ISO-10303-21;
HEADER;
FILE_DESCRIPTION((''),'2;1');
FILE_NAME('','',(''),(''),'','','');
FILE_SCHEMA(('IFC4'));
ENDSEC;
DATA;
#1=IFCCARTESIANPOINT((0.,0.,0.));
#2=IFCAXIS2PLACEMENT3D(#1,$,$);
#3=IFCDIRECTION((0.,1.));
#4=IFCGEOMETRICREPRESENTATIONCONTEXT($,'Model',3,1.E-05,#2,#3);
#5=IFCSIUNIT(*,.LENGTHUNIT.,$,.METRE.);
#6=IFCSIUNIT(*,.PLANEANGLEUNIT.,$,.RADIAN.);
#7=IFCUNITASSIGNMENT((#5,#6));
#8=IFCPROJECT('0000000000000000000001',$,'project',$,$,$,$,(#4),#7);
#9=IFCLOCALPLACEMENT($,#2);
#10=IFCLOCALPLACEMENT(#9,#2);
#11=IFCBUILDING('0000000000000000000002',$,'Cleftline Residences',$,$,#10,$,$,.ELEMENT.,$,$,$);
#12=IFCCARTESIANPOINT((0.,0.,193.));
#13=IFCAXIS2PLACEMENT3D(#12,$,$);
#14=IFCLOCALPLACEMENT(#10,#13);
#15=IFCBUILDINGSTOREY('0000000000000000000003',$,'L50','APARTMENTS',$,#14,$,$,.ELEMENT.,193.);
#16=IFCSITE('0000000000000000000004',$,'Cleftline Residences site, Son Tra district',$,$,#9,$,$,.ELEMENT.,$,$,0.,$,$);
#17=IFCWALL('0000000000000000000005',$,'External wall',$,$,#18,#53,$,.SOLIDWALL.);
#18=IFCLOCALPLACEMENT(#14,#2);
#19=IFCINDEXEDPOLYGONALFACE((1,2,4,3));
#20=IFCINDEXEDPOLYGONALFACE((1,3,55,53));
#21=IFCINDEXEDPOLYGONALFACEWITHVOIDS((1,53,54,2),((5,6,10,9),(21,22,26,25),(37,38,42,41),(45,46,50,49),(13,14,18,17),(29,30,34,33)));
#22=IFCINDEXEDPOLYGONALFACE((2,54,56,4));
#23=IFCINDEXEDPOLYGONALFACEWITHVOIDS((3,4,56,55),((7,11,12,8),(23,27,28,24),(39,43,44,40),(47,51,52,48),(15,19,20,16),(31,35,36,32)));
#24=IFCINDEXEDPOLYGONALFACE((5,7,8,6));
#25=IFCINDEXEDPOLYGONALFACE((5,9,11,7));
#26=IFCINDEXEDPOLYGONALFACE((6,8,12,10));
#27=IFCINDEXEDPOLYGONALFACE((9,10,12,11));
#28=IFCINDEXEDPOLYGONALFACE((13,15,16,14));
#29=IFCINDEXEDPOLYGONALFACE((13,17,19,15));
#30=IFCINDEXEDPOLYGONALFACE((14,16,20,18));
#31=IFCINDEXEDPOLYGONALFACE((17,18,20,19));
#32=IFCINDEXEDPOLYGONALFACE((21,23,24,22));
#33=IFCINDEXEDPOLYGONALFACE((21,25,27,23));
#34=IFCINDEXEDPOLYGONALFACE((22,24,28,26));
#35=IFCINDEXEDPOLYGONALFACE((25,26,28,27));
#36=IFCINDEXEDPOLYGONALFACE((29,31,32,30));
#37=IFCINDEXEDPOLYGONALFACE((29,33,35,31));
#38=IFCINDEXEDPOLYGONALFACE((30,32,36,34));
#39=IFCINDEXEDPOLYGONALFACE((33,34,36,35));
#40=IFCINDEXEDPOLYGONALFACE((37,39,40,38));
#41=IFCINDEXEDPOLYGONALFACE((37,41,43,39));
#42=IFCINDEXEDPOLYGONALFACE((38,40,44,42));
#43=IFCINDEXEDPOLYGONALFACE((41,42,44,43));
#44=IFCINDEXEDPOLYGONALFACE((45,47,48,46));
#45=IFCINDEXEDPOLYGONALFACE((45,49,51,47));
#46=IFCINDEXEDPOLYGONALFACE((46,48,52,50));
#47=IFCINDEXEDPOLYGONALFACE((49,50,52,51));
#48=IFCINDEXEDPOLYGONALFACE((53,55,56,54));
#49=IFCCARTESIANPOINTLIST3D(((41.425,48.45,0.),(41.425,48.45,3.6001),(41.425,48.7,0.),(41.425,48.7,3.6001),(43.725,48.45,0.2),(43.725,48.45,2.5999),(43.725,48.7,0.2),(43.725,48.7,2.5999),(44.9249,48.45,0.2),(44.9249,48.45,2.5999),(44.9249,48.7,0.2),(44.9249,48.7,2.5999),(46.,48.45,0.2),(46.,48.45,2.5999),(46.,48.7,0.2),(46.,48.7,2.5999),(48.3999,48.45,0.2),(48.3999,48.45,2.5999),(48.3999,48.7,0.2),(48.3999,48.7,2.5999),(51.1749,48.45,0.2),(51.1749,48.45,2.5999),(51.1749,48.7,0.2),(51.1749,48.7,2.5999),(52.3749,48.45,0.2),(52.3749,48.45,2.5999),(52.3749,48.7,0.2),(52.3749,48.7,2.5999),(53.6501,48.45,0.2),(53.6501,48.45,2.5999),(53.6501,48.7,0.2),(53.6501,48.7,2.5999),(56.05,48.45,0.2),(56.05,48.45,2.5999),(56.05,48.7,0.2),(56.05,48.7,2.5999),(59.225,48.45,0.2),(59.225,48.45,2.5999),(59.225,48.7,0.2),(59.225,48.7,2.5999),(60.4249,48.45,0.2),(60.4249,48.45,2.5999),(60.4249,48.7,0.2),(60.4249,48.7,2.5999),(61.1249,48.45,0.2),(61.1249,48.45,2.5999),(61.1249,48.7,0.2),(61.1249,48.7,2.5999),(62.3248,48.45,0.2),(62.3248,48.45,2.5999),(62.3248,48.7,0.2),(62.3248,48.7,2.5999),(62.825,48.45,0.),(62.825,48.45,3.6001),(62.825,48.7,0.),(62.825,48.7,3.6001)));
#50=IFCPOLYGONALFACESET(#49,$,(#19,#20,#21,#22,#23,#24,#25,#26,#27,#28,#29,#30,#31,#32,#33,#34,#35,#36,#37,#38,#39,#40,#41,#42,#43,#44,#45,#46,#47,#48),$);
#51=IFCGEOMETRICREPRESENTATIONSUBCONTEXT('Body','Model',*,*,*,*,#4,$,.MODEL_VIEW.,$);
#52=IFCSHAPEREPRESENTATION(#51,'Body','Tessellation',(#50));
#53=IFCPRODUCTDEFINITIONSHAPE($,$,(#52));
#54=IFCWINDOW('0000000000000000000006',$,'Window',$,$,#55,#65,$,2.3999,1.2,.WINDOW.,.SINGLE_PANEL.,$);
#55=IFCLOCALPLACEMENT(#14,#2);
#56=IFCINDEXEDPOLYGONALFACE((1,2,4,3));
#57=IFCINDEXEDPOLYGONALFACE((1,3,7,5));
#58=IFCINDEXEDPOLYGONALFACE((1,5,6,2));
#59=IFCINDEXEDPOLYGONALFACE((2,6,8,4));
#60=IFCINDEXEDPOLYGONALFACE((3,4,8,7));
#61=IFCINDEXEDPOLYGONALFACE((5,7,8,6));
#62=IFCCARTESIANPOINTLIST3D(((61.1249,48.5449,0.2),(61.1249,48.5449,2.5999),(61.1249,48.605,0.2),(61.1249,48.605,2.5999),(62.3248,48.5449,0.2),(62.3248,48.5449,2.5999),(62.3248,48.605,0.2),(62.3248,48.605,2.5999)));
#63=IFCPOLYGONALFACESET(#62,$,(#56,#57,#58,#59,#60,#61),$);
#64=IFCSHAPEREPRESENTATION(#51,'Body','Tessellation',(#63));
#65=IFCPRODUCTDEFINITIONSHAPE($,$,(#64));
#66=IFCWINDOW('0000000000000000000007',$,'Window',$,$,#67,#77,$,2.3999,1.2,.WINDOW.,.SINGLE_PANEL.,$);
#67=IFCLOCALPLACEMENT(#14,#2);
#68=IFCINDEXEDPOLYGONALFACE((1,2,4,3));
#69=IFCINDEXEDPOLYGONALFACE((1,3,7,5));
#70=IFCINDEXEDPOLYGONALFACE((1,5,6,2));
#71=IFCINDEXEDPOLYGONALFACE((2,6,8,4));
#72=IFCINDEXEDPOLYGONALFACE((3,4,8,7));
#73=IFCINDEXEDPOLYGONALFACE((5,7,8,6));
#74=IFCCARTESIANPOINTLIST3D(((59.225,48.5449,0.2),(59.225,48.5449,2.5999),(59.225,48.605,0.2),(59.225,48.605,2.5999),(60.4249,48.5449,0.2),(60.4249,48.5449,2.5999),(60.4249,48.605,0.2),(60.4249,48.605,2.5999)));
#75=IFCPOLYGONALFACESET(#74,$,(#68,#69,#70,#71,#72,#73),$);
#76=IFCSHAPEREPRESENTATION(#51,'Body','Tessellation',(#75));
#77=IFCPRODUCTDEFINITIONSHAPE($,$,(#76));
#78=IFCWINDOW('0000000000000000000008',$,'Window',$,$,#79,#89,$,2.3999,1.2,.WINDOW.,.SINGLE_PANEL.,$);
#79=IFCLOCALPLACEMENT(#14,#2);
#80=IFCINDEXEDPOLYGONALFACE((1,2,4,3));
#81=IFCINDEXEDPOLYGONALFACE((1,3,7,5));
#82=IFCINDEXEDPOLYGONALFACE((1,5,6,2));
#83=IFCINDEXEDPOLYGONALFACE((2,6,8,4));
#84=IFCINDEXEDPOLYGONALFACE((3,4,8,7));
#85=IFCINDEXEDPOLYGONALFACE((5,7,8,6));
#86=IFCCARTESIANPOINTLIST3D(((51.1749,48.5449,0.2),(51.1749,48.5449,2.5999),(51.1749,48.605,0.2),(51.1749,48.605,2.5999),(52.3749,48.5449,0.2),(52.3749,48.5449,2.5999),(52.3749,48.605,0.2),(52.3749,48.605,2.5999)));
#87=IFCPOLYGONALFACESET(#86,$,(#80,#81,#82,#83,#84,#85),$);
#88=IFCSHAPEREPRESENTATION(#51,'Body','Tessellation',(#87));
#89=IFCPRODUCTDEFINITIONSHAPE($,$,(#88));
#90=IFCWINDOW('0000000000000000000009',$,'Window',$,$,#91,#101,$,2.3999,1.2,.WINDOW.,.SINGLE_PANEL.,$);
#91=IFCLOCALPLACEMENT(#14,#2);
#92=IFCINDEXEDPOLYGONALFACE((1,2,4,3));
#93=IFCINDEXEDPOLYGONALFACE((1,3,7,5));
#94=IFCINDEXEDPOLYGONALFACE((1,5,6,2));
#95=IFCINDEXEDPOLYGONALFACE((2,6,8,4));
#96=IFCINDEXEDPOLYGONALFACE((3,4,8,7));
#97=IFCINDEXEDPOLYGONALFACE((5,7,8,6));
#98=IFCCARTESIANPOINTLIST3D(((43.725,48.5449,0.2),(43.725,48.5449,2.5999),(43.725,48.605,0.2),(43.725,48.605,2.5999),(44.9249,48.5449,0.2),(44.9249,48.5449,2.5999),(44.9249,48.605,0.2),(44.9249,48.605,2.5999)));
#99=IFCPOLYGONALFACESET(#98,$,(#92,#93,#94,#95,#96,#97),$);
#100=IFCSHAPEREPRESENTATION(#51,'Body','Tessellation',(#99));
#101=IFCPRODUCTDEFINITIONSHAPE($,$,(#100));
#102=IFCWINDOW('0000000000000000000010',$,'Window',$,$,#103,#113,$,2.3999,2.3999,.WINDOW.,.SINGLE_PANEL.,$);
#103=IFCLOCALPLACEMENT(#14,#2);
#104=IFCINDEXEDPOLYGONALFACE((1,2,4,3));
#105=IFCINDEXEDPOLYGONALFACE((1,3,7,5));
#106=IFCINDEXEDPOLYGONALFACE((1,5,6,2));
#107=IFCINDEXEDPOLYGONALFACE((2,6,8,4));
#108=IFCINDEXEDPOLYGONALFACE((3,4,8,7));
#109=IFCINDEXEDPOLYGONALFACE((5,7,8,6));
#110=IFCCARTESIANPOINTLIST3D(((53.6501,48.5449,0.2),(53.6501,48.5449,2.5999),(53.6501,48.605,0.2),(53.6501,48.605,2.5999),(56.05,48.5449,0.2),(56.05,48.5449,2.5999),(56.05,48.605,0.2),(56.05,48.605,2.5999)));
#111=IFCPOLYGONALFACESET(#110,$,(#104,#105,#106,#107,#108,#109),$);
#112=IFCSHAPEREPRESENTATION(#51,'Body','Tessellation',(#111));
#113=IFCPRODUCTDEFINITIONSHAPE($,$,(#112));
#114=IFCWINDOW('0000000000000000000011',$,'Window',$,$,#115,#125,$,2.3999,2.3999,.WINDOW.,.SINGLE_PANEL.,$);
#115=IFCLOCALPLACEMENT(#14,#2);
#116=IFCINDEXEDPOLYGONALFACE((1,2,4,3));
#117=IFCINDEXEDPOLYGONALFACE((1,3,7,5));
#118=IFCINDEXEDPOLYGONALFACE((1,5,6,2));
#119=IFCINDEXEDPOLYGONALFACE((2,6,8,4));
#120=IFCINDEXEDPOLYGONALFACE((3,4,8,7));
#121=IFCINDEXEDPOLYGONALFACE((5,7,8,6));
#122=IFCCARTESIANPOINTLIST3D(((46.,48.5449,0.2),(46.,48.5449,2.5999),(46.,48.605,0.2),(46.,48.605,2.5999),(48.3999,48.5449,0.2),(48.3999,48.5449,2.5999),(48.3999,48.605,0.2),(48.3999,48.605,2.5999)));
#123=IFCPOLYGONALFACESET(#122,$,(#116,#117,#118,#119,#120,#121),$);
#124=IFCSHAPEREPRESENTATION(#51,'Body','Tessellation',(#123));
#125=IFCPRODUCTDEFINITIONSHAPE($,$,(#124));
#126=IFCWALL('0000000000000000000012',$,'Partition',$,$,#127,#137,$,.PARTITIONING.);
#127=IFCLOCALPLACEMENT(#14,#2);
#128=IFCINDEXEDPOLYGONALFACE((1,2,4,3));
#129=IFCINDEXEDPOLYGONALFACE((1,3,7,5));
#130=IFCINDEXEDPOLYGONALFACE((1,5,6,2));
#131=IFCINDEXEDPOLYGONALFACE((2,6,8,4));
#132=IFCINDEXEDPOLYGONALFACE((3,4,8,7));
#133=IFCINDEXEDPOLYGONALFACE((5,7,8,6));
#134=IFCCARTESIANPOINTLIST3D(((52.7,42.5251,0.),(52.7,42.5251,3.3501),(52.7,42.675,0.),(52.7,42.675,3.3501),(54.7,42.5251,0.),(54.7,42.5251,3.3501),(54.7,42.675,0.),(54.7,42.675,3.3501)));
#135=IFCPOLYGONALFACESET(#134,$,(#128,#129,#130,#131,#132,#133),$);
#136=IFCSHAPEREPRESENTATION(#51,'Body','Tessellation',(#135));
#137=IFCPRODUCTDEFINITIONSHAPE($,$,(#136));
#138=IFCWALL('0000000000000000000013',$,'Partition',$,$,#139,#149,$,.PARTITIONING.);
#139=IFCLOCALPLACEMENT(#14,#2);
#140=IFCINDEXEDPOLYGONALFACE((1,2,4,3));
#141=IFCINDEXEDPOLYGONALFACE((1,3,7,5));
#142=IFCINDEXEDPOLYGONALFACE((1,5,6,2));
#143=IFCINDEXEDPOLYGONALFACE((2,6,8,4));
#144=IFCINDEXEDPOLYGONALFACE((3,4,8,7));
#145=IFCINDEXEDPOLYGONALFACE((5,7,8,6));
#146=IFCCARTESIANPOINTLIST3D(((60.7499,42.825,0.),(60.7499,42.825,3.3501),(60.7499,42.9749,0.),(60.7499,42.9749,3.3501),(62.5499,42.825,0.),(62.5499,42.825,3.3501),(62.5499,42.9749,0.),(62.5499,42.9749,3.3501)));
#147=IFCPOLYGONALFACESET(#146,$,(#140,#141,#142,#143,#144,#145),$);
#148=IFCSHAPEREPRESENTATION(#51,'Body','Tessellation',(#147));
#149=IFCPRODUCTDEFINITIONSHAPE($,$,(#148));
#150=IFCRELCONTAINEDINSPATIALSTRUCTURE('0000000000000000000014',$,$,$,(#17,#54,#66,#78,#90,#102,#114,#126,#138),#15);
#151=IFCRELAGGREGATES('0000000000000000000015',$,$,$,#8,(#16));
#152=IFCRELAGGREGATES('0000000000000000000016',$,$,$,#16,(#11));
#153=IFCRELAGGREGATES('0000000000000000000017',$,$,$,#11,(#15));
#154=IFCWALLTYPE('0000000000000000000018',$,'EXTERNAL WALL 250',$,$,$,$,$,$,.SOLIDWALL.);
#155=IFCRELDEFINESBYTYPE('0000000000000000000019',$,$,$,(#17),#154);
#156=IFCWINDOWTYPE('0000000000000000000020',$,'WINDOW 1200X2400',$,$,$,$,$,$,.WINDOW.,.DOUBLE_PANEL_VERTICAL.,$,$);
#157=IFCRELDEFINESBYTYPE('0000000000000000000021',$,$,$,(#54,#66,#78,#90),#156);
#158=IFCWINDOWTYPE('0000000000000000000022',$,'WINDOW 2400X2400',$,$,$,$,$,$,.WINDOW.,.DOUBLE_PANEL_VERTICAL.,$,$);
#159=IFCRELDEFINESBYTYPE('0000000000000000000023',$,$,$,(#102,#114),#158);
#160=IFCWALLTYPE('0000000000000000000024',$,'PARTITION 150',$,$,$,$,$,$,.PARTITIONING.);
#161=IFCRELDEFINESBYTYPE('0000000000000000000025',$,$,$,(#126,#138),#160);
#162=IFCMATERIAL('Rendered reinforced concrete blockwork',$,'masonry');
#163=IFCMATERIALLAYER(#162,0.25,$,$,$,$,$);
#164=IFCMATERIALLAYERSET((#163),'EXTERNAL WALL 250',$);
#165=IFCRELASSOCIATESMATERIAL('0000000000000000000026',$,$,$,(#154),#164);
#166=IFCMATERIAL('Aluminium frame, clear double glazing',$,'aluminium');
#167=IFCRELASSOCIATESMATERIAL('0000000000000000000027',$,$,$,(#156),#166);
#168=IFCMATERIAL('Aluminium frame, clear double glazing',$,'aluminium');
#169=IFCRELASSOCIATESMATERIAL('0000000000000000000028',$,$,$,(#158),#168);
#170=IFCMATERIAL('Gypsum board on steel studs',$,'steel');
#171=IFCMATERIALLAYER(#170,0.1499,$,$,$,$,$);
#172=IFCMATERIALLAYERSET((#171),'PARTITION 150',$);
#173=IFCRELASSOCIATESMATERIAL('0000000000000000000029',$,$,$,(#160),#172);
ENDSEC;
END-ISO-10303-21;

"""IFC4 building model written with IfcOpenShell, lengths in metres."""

from ifc_helpers import new_model, si_unit, direction, frame, frame_2d, origin, place, context, subcontext, project, spatial, rectangle, extrude, material, layer, layer_set, type_object, element, fill, save


model = new_model("IFC4")

# Units and contexts
model_context = context("Model", 3, precision=1e-05, world=origin(), true_north=direction((0.0, 1.0)))
body_context = subcontext(model_context, "Body", "Model", "MODEL_VIEW")
ifc_project = project(units=[si_unit("LENGTHUNIT", "METRE"), si_unit("PLANEANGLEUNIT", "RADIAN")], contexts=[model_context])

# Site, building, storey
site_placement = place(None, origin())
site = spatial("IfcSite", under=ifc_project, at=site_placement, Name="Cleftline Residences site, Son Tra district", CompositionType="ELEMENT", RefElevation=0.0)
building_placement = place(site_placement, origin())
building = spatial("IfcBuilding", under=site, at=building_placement, Name="Cleftline Residences", CompositionType="ELEMENT")
storey_placement = place(building_placement, frame((0.0, 0.0, 193.0)))
storey = spatial("IfcBuildingStorey", under=building, at=storey_placement, Name="L50", Description="APARTMENTS", CompositionType="ELEMENT", Elevation=193.0)

# Shared definitions
ifc_material_1 = material(Name="Rendered reinforced concrete blockwork", Category="masonry")
ifc_layer_1 = layer(ifc_material_1, 0.25)
ifc_layer_set_1 = layer_set([ifc_layer_1], Name="EXTERNAL WALL 250")
wall_type_1 = type_object("IfcWallType", Name="EXTERNAL WALL 250", PredefinedType="SOLIDWALL", material=ifc_layer_set_1)
ifc_material_2 = material(Name="Aluminium frame, clear double glazing", Category="aluminium")
window_type_1 = type_object("IfcWindowType", Name="WINDOW 1200X2400", PartitioningType="DOUBLE_PANEL_VERTICAL", PredefinedType="WINDOW", material=ifc_material_2)

# Shared definitions
ifc_material_3 = material(Name="Aluminium frame, clear double glazing", Category="aluminium")
window_type_2 = type_object("IfcWindowType", Name="WINDOW 2400X2400", PartitioningType="DOUBLE_PANEL_VERTICAL", PredefinedType="WINDOW", material=ifc_material_3)

# Wall, openings, windows
wall_1_placement = place(storey_placement, frame((62.825, 48.575, 0.0), z_axis=(0.0, 0.0, 1.0), x_axis=(-1.0, 0.0, 0.0)))
wall_1 = element("IfcWall", 1, at=wall_1_placement, inside=storey, type_object=wall_type_1, Name="External wall", PredefinedType="SOLIDWALL", context=body_context, shape_type="SweptSolid", body=[
    extrude(rectangle(XDim=21.3999, YDim=0.25, at=frame_2d((10.7, 0.0))), origin(), (0.0, 0.0, 1.0), 3.6001),
])
opening_1_placement = place(wall_1_placement, frame((0.5, 0.0, 0.2)))
opening_1 = element("IfcOpeningElement", 2, at=opening_1_placement, cuts=wall_1, PredefinedType="OPENING", context=body_context, shape_type="SweptSolid", body=[
    extrude(rectangle(XDim=1.2, YDim=2.3999, at=frame_2d((0.6001, 1.2))), frame((0.0, 0.135, 0.0), z_axis=(0.0, -1.0, 0.0), x_axis=(1.0, 0.0, 0.0)), (0.0, 0.0, 1.0), 0.27),
])
opening_2_placement = place(wall_1_placement, frame((2.3999, 0.0, 0.2)))
opening_2 = element("IfcOpeningElement", 3, at=opening_2_placement, cuts=wall_1, PredefinedType="OPENING", context=body_context, shape_type="SweptSolid", body=[
    extrude(rectangle(XDim=1.2, YDim=2.3999, at=frame_2d((0.6001, 1.2))), frame((0.0, 0.135, 0.0), z_axis=(0.0, -1.0, 0.0), x_axis=(1.0, 0.0, 0.0)), (0.0, 0.0, 1.0), 0.27),
])
opening_3_placement = place(wall_1_placement, frame((6.7749, 0.0, 0.2)))
opening_3 = element("IfcOpeningElement", 4, at=opening_3_placement, cuts=wall_1, PredefinedType="OPENING", context=body_context, shape_type="SweptSolid", body=[
    extrude(rectangle(XDim=2.3999, YDim=2.3999, at=frame_2d((1.2, 1.2))), frame((0.0, 0.135, 0.0), z_axis=(0.0, -1.0, 0.0), x_axis=(1.0, 0.0, 0.0)), (0.0, 0.0, 1.0), 0.27),
])
opening_4_placement = place(wall_1_placement, frame((10.45, 0.0, 0.2)))
opening_4 = element("IfcOpeningElement", 5, at=opening_4_placement, cuts=wall_1, PredefinedType="OPENING", context=body_context, shape_type="SweptSolid", body=[
    extrude(rectangle(XDim=1.2, YDim=2.3999, at=frame_2d((0.6001, 1.2))), frame((0.0, 0.135, 0.0), z_axis=(0.0, -1.0, 0.0), x_axis=(1.0, 0.0, 0.0)), (0.0, 0.0, 1.0), 0.27),
])
opening_5_placement = place(wall_1_placement, frame((14.425, 0.0, 0.2)))
opening_5 = element("IfcOpeningElement", 6, at=opening_5_placement, cuts=wall_1, PredefinedType="OPENING", context=body_context, shape_type="SweptSolid", body=[
    extrude(rectangle(XDim=2.3999, YDim=2.3999, at=frame_2d((1.2, 1.2))), frame((0.0, 0.135, 0.0), z_axis=(0.0, -1.0, 0.0), x_axis=(1.0, 0.0, 0.0)), (0.0, 0.0, 1.0), 0.27),
])
opening_6_placement = place(wall_1_placement, frame((17.8999, 0.0, 0.2)))
opening_6 = element("IfcOpeningElement", 7, at=opening_6_placement, cuts=wall_1, PredefinedType="OPENING", context=body_context, shape_type="SweptSolid", body=[
    extrude(rectangle(XDim=1.2, YDim=2.3999, at=frame_2d((0.6001, 1.2))), frame((0.0, 0.135, 0.0), z_axis=(0.0, -1.0, 0.0), x_axis=(1.0, 0.0, 0.0)), (0.0, 0.0, 1.0), 0.27),
])
window_1_placement = place(opening_1_placement, origin())
window_1 = element("IfcWindow", 8, at=window_1_placement, inside=storey, type_object=window_type_1, Name="Window", OverallHeight=2.3999, OverallWidth=1.2, PartitioningType="SINGLE_PANEL", PredefinedType="WINDOW", context=body_context, shape_type="SweptSolid", body=[
    extrude(rectangle(XDim=1.2, YDim=2.3999, at=frame_2d((0.6001, 1.2))), frame((0.0, 0.03, 0.0), z_axis=(0.0, -1.0, 0.0), x_axis=(1.0, 0.0, 0.0)), (0.0, 0.0, 1.0), 0.0601),
])
fill(opening_1, window_1)
window_2_placement = place(opening_2_placement, origin())
window_2 = element("IfcWindow", 9, at=window_2_placement, inside=storey, type_object=window_type_1, Name="Window", OverallHeight=2.3999, OverallWidth=1.2, PartitioningType="SINGLE_PANEL", PredefinedType="WINDOW", context=body_context, shape_type="SweptSolid", body=[
    extrude(rectangle(XDim=1.2, YDim=2.3999, at=frame_2d((0.6001, 1.2))), frame((0.0, 0.03, 0.0), z_axis=(0.0, -1.0, 0.0), x_axis=(1.0, 0.0, 0.0)), (0.0, 0.0, 1.0), 0.0601),
])
fill(opening_2, window_2)
window_3_placement = place(opening_4_placement, origin())
window_3 = element("IfcWindow", 10, at=window_3_placement, inside=storey, type_object=window_type_1, Name="Window", OverallHeight=2.3999, OverallWidth=1.2, PartitioningType="SINGLE_PANEL", PredefinedType="WINDOW", context=body_context, shape_type="SweptSolid", body=[
    extrude(rectangle(XDim=1.2, YDim=2.3999, at=frame_2d((0.6001, 1.2))), frame((0.0, 0.03, 0.0), z_axis=(0.0, -1.0, 0.0), x_axis=(1.0, 0.0, 0.0)), (0.0, 0.0, 1.0), 0.0601),
])
fill(opening_4, window_3)
window_4_placement = place(opening_6_placement, origin())
window_4 = element("IfcWindow", 11, at=window_4_placement, inside=storey, type_object=window_type_1, Name="Window", OverallHeight=2.3999, OverallWidth=1.2, PartitioningType="SINGLE_PANEL", PredefinedType="WINDOW", context=body_context, shape_type="SweptSolid", body=[
    extrude(rectangle(XDim=1.2, YDim=2.3999, at=frame_2d((0.6001, 1.2))), frame((0.0, 0.03, 0.0), z_axis=(0.0, -1.0, 0.0), x_axis=(1.0, 0.0, 0.0)), (0.0, 0.0, 1.0), 0.0601),
])
fill(opening_6, window_4)
window_5_placement = place(opening_3_placement, origin())
window_5 = element("IfcWindow", 12, at=window_5_placement, inside=storey, type_object=window_type_2, Name="Window", OverallHeight=2.3999, OverallWidth=2.3999, PartitioningType="SINGLE_PANEL", PredefinedType="WINDOW", context=body_context, shape_type="SweptSolid", body=[
    extrude(rectangle(XDim=2.3999, YDim=2.3999, at=frame_2d((1.2, 1.2))), frame((0.0, 0.03, 0.0), z_axis=(0.0, -1.0, 0.0), x_axis=(1.0, 0.0, 0.0)), (0.0, 0.0, 1.0), 0.0601),
])
fill(opening_3, window_5)
window_6_placement = place(opening_5_placement, origin())
window_6 = element("IfcWindow", 13, at=window_6_placement, inside=storey, type_object=window_type_2, Name="Window", OverallHeight=2.3999, OverallWidth=2.3999, PartitioningType="SINGLE_PANEL", PredefinedType="WINDOW", context=body_context, shape_type="SweptSolid", body=[
    extrude(rectangle(XDim=2.3999, YDim=2.3999, at=frame_2d((1.2, 1.2))), frame((0.0, 0.03, 0.0), z_axis=(0.0, -1.0, 0.0), x_axis=(1.0, 0.0, 0.0)), (0.0, 0.0, 1.0), 0.0601),
])
fill(opening_5, window_6)

# Walls
ifc_material_4 = material(Name="Gypsum board on steel studs", Category="steel")
ifc_layer_2 = layer(ifc_material_4, 0.1499)
ifc_layer_set_2 = layer_set([ifc_layer_2], Name="PARTITION 150")
wall_type_2 = type_object("IfcWallType", Name="PARTITION 150", PredefinedType="PARTITIONING", material=ifc_layer_set_2)
wall_2_placement = place(storey_placement, frame((52.7, 42.6001, 0.0), z_axis=(0.0, 0.0, 1.0), x_axis=(1.0, 0.0, 0.0)))
element("IfcWall", 14, at=wall_2_placement, inside=storey, type_object=wall_type_2, Name="Partition", PredefinedType="PARTITIONING", context=body_context, shape_type="SweptSolid", body=[
    extrude(rectangle(XDim=2.0, YDim=0.1499, at=frame_2d((1.0, 0.0))), origin(), (0.0, 0.0, 1.0), 3.3501),
])
wall_3_placement = place(storey_placement, frame((60.75, 42.8999, 0.0), z_axis=(0.0, 0.0, 1.0), x_axis=(1.0, 0.0, 0.0)))
element("IfcWall", 15, at=wall_3_placement, inside=storey, type_object=wall_type_2, Name="Partition", PredefinedType="PARTITIONING", context=body_context, shape_type="SweptSolid", body=[
    extrude(rectangle(XDim=1.8, YDim=0.1499, at=frame_2d((0.8999, 0.0))), origin(), (0.0, 0.0, 1.0), 3.3501),
])

save(model, "model.ifc")
